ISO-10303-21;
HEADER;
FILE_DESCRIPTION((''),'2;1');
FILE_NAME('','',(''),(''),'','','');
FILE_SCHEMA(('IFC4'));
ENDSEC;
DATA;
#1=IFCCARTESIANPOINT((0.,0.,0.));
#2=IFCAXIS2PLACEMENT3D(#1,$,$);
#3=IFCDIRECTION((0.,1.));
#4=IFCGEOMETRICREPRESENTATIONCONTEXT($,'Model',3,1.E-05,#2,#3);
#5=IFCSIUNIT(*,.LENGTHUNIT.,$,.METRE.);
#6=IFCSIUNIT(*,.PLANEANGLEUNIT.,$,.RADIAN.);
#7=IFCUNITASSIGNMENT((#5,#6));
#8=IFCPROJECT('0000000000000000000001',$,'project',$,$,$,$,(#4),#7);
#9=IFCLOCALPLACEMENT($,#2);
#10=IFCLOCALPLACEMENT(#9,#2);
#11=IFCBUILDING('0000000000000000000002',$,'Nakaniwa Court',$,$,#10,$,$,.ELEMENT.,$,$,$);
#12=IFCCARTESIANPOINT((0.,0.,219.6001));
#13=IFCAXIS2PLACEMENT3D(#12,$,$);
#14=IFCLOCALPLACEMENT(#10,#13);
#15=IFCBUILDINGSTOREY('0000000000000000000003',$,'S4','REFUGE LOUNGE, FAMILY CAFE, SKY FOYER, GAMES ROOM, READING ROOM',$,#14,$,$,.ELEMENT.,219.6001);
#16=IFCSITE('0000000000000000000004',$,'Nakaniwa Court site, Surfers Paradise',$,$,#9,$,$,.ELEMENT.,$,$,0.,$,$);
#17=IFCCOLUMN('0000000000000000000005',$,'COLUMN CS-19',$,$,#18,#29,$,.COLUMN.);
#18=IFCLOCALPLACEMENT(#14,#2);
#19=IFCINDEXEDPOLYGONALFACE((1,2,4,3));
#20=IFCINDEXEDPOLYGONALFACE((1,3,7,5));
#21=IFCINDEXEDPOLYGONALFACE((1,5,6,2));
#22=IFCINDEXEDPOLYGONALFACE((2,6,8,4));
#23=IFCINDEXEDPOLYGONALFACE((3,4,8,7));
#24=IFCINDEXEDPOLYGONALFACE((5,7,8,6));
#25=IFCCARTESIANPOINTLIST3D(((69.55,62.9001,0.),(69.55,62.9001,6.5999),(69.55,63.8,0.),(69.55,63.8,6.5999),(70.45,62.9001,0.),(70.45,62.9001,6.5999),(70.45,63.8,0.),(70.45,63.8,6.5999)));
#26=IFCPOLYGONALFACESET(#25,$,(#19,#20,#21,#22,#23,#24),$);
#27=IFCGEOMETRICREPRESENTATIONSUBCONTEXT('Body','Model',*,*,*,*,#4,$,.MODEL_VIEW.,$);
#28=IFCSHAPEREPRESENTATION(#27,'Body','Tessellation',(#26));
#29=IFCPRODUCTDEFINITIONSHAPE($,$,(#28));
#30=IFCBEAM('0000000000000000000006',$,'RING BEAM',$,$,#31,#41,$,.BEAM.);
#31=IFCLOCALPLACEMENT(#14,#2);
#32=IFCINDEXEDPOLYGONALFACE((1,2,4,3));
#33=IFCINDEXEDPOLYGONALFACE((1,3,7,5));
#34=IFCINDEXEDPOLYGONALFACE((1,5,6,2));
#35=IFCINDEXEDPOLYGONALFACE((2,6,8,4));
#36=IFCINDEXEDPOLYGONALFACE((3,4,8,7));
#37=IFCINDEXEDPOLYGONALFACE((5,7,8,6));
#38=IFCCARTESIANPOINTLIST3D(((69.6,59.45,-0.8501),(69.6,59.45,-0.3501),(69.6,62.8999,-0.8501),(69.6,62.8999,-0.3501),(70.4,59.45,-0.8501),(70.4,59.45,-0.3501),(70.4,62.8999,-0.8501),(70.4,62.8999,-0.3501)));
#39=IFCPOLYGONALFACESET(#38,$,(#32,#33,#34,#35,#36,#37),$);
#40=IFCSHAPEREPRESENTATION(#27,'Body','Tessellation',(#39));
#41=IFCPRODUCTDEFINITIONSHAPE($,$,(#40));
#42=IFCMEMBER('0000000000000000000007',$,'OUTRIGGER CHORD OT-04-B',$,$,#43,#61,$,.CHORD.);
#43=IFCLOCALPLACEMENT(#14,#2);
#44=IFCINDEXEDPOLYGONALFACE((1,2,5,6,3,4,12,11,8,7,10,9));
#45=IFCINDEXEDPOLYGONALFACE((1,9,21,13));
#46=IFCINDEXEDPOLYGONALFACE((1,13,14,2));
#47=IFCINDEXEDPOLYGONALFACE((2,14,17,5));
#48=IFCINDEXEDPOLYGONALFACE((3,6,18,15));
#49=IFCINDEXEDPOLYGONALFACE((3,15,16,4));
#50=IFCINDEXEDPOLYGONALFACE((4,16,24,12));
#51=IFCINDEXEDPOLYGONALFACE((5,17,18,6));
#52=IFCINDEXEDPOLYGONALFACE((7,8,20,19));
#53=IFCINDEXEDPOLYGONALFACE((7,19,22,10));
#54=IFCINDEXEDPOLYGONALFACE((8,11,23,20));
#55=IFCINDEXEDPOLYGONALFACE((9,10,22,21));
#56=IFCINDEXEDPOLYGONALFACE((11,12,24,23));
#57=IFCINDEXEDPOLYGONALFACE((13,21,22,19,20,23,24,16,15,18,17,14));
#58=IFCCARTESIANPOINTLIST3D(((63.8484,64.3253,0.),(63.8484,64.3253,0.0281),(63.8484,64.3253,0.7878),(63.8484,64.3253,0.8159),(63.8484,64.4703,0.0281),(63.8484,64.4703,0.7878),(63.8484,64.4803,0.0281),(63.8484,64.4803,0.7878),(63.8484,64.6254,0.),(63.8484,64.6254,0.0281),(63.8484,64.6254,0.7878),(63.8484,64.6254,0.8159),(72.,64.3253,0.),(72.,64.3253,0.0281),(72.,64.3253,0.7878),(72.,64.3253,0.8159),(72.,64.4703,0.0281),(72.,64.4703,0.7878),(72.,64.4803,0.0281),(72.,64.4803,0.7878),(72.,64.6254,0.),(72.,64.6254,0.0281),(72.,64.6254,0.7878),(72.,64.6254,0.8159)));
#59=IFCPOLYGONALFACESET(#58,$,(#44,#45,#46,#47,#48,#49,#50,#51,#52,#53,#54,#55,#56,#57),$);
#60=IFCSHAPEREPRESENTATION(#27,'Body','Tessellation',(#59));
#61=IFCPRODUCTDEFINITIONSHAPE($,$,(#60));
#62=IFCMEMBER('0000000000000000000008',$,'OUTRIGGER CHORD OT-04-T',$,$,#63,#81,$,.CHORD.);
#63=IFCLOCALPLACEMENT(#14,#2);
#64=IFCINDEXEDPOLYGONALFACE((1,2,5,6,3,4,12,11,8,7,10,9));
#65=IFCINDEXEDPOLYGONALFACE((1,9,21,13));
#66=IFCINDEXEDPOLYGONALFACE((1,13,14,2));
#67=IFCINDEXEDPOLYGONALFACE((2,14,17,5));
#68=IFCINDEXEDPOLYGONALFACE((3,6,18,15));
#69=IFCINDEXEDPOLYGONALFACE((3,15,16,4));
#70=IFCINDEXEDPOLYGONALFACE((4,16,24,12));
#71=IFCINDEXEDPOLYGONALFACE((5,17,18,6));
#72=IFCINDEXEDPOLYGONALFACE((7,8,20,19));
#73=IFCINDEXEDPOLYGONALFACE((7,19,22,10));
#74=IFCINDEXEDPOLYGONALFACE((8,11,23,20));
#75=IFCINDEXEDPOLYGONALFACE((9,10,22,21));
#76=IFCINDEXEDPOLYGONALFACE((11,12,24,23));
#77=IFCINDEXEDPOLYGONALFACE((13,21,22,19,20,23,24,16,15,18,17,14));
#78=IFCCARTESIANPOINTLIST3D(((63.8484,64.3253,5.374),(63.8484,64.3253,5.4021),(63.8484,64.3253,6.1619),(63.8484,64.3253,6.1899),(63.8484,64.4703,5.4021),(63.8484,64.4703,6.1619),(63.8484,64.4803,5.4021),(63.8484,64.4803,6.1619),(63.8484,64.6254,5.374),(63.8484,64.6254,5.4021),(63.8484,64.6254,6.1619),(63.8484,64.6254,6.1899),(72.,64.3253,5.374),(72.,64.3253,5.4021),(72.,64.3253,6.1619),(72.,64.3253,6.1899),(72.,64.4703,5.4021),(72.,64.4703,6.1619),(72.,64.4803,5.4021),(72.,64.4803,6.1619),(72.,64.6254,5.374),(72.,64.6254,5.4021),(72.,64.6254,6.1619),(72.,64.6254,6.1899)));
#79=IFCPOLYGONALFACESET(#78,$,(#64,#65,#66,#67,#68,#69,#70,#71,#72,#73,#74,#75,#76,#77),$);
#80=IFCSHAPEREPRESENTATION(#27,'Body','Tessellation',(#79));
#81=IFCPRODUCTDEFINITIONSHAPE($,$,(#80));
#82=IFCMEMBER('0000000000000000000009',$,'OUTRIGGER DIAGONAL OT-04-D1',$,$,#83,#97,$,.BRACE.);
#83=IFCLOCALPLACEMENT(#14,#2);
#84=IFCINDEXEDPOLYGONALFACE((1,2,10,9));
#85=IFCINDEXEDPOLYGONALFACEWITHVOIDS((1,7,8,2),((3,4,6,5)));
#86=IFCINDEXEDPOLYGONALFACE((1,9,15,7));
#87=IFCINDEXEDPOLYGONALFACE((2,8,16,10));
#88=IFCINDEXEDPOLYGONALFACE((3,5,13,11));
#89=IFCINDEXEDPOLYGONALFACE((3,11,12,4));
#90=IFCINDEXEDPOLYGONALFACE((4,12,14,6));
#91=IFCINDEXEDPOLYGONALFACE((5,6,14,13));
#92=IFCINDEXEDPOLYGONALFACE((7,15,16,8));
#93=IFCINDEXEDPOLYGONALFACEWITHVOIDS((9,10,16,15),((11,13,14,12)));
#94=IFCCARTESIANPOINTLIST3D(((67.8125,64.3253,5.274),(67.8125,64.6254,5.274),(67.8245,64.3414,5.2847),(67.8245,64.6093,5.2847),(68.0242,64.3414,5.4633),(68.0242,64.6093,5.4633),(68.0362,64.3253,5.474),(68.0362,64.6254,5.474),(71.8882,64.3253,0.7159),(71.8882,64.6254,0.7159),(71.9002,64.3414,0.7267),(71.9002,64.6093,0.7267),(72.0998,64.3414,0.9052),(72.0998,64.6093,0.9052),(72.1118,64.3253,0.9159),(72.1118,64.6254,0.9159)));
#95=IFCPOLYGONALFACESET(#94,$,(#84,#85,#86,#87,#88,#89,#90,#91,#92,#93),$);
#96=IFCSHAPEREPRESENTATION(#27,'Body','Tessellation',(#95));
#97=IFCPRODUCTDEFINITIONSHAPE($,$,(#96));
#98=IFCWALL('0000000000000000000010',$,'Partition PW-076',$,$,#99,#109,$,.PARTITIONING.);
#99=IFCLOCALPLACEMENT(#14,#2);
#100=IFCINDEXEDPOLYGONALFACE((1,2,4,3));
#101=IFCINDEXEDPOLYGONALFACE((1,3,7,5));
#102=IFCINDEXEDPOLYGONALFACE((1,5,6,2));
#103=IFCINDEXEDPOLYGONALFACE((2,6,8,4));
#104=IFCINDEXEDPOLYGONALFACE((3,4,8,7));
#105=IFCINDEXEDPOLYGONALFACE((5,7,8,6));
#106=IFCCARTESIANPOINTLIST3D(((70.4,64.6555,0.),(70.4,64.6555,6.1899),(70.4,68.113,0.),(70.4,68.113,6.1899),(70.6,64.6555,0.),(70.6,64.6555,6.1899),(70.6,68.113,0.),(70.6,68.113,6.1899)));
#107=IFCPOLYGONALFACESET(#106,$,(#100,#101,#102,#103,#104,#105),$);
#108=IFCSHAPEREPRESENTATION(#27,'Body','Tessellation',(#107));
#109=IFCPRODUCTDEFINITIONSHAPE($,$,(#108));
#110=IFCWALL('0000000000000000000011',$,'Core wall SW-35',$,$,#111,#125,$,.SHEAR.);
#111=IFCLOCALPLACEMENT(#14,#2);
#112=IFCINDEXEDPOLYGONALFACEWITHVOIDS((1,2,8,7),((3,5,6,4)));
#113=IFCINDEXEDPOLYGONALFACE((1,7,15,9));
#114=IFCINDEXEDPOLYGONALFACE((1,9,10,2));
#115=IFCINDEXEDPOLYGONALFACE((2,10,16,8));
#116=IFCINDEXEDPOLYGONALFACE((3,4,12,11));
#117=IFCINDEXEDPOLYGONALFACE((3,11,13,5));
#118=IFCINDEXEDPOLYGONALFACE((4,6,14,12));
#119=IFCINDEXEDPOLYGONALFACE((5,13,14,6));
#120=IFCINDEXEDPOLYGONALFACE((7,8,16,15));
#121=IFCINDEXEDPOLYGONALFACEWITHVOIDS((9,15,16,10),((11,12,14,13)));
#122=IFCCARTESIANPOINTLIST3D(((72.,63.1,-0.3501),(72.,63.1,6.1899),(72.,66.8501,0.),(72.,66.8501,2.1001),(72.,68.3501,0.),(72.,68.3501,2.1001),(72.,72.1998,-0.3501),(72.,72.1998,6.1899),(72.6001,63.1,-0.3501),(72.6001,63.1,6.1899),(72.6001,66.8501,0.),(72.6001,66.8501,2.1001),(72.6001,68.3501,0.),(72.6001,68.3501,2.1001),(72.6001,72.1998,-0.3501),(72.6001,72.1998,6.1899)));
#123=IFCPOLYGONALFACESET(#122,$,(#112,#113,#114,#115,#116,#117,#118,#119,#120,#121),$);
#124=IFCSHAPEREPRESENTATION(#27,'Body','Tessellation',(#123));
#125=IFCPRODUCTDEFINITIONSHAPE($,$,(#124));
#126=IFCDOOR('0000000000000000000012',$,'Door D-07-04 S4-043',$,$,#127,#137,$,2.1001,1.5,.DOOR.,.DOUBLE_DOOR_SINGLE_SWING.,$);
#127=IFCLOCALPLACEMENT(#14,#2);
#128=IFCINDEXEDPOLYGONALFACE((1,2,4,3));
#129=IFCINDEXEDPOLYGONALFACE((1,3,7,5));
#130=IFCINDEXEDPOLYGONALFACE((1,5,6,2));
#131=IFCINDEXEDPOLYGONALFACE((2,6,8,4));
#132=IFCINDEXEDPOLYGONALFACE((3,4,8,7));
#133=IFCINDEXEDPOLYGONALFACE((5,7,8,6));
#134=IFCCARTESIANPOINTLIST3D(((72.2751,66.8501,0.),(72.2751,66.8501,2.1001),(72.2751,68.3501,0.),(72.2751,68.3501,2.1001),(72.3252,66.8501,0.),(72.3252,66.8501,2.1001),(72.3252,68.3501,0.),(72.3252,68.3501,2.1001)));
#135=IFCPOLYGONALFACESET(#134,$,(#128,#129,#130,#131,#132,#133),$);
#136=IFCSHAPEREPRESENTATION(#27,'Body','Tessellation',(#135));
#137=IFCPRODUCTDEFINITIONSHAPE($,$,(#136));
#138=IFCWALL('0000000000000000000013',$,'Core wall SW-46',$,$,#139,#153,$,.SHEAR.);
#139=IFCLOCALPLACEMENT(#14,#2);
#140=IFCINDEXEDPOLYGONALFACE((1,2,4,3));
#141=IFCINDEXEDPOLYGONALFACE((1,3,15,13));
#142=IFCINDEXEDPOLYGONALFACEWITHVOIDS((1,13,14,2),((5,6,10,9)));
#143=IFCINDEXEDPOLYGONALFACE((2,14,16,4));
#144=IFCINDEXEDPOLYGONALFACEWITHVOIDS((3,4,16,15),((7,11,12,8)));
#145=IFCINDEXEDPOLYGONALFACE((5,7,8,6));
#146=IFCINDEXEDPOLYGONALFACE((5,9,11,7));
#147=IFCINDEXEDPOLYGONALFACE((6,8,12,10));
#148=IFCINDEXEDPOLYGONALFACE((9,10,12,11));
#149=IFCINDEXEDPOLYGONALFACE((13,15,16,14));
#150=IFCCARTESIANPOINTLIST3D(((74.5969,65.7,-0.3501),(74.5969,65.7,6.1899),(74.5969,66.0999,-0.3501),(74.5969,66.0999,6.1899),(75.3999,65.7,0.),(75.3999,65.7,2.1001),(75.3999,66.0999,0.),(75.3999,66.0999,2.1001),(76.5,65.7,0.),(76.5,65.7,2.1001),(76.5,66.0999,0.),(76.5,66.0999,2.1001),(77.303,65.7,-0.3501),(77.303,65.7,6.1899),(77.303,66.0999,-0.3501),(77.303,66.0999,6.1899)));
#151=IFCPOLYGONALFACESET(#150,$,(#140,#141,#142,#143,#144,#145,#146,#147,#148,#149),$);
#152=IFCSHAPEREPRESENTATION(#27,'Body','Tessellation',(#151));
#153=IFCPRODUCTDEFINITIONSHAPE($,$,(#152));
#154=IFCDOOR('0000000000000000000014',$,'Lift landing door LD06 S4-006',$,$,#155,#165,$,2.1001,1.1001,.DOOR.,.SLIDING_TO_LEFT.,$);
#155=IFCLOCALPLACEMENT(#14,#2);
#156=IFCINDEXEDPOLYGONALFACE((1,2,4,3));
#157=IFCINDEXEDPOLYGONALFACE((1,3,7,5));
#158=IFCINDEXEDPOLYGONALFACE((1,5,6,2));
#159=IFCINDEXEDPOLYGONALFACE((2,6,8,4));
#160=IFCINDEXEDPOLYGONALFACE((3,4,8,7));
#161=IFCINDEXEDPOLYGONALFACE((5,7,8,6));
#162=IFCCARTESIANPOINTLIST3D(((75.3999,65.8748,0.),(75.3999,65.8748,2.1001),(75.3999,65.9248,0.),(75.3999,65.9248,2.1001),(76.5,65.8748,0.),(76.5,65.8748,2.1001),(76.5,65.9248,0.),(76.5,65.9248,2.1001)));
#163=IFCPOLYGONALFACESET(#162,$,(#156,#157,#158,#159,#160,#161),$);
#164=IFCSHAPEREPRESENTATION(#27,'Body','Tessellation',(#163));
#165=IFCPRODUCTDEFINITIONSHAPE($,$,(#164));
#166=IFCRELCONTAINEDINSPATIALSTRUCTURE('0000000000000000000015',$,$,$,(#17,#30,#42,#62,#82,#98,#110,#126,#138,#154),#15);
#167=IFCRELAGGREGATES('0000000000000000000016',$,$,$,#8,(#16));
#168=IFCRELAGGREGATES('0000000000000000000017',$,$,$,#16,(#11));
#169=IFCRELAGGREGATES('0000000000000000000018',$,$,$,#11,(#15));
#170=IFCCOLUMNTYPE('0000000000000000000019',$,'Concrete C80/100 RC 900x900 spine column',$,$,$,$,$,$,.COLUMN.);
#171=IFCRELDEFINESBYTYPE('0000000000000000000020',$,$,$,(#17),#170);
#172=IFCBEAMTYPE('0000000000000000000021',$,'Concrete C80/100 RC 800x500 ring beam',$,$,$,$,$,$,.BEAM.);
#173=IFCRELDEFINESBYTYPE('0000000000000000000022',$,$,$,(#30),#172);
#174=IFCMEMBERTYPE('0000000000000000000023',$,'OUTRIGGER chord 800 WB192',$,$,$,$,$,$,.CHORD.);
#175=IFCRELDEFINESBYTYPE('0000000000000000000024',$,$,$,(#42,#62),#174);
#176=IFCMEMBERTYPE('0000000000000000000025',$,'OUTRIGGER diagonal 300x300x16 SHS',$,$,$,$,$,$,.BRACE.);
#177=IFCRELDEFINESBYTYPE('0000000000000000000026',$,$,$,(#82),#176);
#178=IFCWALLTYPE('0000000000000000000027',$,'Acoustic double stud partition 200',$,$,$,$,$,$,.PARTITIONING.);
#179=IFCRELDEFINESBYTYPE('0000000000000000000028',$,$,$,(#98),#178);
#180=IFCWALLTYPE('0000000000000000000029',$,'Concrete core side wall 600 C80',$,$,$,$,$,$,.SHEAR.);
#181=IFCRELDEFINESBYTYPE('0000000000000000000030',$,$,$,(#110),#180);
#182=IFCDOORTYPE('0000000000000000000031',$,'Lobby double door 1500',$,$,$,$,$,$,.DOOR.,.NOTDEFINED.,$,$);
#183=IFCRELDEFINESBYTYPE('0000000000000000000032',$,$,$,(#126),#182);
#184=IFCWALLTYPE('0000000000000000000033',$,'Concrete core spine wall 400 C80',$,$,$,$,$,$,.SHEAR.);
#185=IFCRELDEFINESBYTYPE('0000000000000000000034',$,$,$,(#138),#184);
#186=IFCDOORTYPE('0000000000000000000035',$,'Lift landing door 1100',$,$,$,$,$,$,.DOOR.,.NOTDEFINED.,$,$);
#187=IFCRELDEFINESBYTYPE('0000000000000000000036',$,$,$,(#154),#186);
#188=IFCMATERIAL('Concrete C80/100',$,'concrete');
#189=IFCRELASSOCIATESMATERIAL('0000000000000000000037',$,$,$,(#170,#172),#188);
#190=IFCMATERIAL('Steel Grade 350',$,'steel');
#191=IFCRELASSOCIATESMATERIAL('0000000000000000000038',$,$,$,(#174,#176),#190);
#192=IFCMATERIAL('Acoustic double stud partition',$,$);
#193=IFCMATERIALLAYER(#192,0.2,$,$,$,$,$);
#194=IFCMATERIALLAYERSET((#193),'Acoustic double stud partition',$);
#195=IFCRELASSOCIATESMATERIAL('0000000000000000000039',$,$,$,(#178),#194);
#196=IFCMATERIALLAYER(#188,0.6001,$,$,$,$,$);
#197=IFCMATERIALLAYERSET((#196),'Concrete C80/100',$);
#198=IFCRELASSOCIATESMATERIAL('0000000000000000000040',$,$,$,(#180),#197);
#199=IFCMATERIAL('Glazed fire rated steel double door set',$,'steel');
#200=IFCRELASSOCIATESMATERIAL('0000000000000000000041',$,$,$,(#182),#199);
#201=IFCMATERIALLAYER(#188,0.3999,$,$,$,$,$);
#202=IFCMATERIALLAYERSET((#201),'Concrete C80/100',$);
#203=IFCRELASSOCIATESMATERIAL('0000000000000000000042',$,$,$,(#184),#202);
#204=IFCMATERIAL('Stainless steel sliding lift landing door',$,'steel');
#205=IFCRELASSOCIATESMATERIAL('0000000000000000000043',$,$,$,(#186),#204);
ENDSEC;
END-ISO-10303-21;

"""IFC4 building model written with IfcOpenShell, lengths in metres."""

from ifc_helpers import new_model, si_unit, direction, frame, frame_2d, origin, origin_2d, place, context, subcontext, project, spatial, rectangle, hollow_rectangle, i_section, extrude, material, layer, layer_set, material_profile, profile_set, type_object, element, fill, save


model = new_model("IFC4")

# Units and contexts
model_context = context("Model", 3, precision=1e-05, world=origin(), true_north=direction((0.0, 1.0)))
body_context = subcontext(model_context, "Body", "Model", "MODEL_VIEW")
ifc_project = project(units=[si_unit("LENGTHUNIT", "METRE"), si_unit("PLANEANGLEUNIT", "RADIAN")], contexts=[model_context])

# Site, building, storey
site_placement = place(None, origin())
site = spatial("IfcSite", under=ifc_project, at=site_placement, Name="Nakaniwa Court site, Surfers Paradise", CompositionType="ELEMENT", RefElevation=0.0)
building_placement = place(site_placement, origin())
building = spatial("IfcBuilding", under=site, at=building_placement, Name="Nakaniwa Court", CompositionType="ELEMENT")
storey_placement = place(building_placement, frame((0.0, 0.0, 219.6001)))
storey = spatial("IfcBuildingStorey", under=building, at=storey_placement, Name="S4", Description="REFUGE LOUNGE, FAMILY CAFE, SKY FOYER, GAMES ROOM, READING ROOM", CompositionType="ELEMENT", Elevation=219.6001)

# Column
ifc_material_1 = material(Name="Concrete C80/100", Category="concrete")
ifc_material_profile_1 = material_profile(ifc_material_1, rectangle(XDim=0.8999, YDim=0.8999, at=origin_2d()), Name="Concrete C80/100 RC 900x900 spine column")
ifc_profile_set_1 = profile_set([ifc_material_profile_1], Name="Concrete C80/100")
column_type = type_object("IfcColumnType", Name="Concrete C80/100 RC 900x900 spine column", PredefinedType="COLUMN", material=ifc_profile_set_1)
column_placement = place(storey_placement, frame((70.0, 63.3501, 0.0), z_axis=(0.0, 0.0, 1.0), x_axis=(0.0, -1.0, 0.0)))
element("IfcColumn", 1, at=column_placement, inside=storey, type_object=column_type, Name="COLUMN CS-19", PredefinedType="COLUMN", context=body_context, shape_type="SweptSolid", body=[
    extrude(rectangle(XDim=0.8999, YDim=0.8999, at=origin_2d()), origin(), (0.0, 0.0, 1.0), 6.5999),
])

# Beam
ifc_material_profile_2 = material_profile(ifc_material_1, rectangle(XDim=0.8, YDim=0.5, at=origin_2d()), Name="Concrete C80/100 RC 800x500 ring beam")
ifc_profile_set_2 = profile_set([ifc_material_profile_2], Name="Concrete C80/100")
beam_type = type_object("IfcBeamType", Name="Concrete C80/100 RC 800x500 ring beam", PredefinedType="BEAM", material=ifc_profile_set_2)
beam_placement = place(storey_placement, frame((70.0, 62.8999, -0.6001), z_axis=(0.0, -1.0, 0.0), x_axis=(1.0, 0.0, 0.0)))
element("IfcBeam", 2, at=beam_placement, inside=storey, type_object=beam_type, Name="RING BEAM", PredefinedType="BEAM", context=body_context, shape_type="SweptSolid", body=[
    extrude(rectangle(XDim=0.8, YDim=0.5, at=origin_2d()), origin(), (0.0, 0.0, 1.0), 3.45),
])

# Members
ifc_material_2 = material(Name="Steel Grade 350", Category="steel")
ifc_material_profile_3 = material_profile(ifc_material_2, i_section(OverallWidth=0.3, OverallDepth=0.8159, WebThickness=0.01, FlangeThickness=0.0281, at=origin_2d()), Name="800WB192")
ifc_profile_set_3 = profile_set([ifc_material_profile_3], Name="Steel Grade 350")
member_type_1 = type_object("IfcMemberType", Name="OUTRIGGER chord 800 WB192", PredefinedType="CHORD", material=ifc_profile_set_3)
for number, where, z_axis, x_axis, name in (
    (3, (72.0, 64.4753, 0.408), (-1.0, 0.0, 0.0), (0.0, -1.0, 0.0), "OUTRIGGER CHORD OT-04-B"),
    (4, (72.0, 64.4753, 5.782), (-1.0, 0.0, 0.0), (0.0, -1.0, 0.0), "OUTRIGGER CHORD OT-04-T"),
):
    element("IfcMember", number, at=place(storey_placement, frame(where, z_axis=z_axis, x_axis=x_axis)), inside=storey, type_object=member_type_1, Name=name, PredefinedType="CHORD", context=body_context, shape_type="SweptSolid", body=[
        extrude(i_section(OverallWidth=0.3, OverallDepth=0.8159, WebThickness=0.01, FlangeThickness=0.0281, at=origin_2d()), origin(), (0.0, 0.0, 1.0), 8.1516),
    ])
ifc_material_profile_4 = material_profile(ifc_material_2, hollow_rectangle(XDim=0.3, YDim=0.3, WallThickness=0.0161, at=origin_2d()), Name="OUTRIGGER diagonal 300x300x16 SHS")
ifc_profile_set_4 = profile_set([ifc_material_profile_4], Name="Steel Grade 350")
member_type_2 = type_object("IfcMemberType", Name="OUTRIGGER diagonal 300x300x16 SHS", PredefinedType="BRACE", material=ifc_profile_set_4)
member_placement = place(storey_placement, frame((72.0, 64.4753, 0.8159), z_axis=(-0.666557, 0.0, 0.745454), x_axis=(0.0, -1.0, 0.0)))
element("IfcMember", 5, at=member_placement, inside=storey, type_object=member_type_2, Name="OUTRIGGER DIAGONAL OT-04-D1", PredefinedType="BRACE", context=body_context, shape_type="SweptSolid", body=[
    extrude(hollow_rectangle(XDim=0.3, YDim=0.3, WallThickness=0.0161, at=origin_2d()), origin(), (0.0, 0.0, 1.0), 6.1145),
])

# Wall
ifc_material_3 = material(Name="Acoustic double stud partition")
ifc_layer_1 = layer(ifc_material_3, 0.2)
ifc_layer_set_1 = layer_set([ifc_layer_1], Name="Acoustic double stud partition")
wall_type_1 = type_object("IfcWallType", Name="Acoustic double stud partition 200", PredefinedType="PARTITIONING", material=ifc_layer_set_1)
wall_1_placement = place(storey_placement, frame((70.5, 64.6555, 0.0), z_axis=(0.0, 0.0, 1.0), x_axis=(0.0, 1.0, 0.0)))
element("IfcWall", 6, at=wall_1_placement, inside=storey, type_object=wall_type_1, Name="Partition PW-076", PredefinedType="PARTITIONING", context=body_context, shape_type="SweptSolid", body=[
    extrude(rectangle(XDim=3.4575, YDim=0.2, at=frame_2d((1.7288, 0.0))), origin(), (0.0, 0.0, 1.0), 6.1899),
])

# Walls, openings, doors
ifc_layer_2 = layer(ifc_material_1, 0.6001)
ifc_layer_set_2 = layer_set([ifc_layer_2], Name="Concrete C80/100")
wall_type_2 = type_object("IfcWallType", Name="Concrete core side wall 600 C80", PredefinedType="SHEAR", material=ifc_layer_set_2)
wall_2_placement = place(storey_placement, frame((72.3, 63.1001, -0.3501), z_axis=(0.0, 0.0, 1.0), x_axis=(0.0, 1.0, 0.0)))
wall_2 = element("IfcWall", 7, at=wall_2_placement, inside=storey, type_object=wall_type_2, Name="Core wall SW-35", PredefinedType="SHEAR", context=body_context, shape_type="SweptSolid", body=[
    extrude(rectangle(XDim=9.0999, YDim=0.6001, at=frame_2d((4.5498, 0.0))), origin(), (0.0, 0.0, 1.0), 6.54),
])
opening_1_placement = place(wall_2_placement, frame((3.75, 0.0, 0.3501)))
opening_1 = element("IfcOpeningElement", 8, at=opening_1_placement, cuts=wall_2, PredefinedType="OPENING", context=body_context, shape_type="SweptSolid", body=[
    extrude(rectangle(XDim=1.5, YDim=2.1001, at=frame_2d((0.75, 1.05))), frame((0.0, 0.3101, 0.0), z_axis=(0.0, -1.0, 0.0), x_axis=(1.0, 0.0, 0.0)), (0.0, 0.0, 1.0), 0.6201),
])
ifc_material_4 = material(Name="Glazed fire rated steel double door set", Category="steel")
door_type_1 = type_object("IfcDoorType", Name="Lobby double door 1500", OperationType="NOTDEFINED", PredefinedType="DOOR", material=ifc_material_4)
door_1_placement = place(opening_1_placement, origin())
door_1 = element("IfcDoor", 9, at=door_1_placement, inside=storey, type_object=door_type_1, Name="Door D-07-04 S4-043", OperationType="DOUBLE_DOOR_SINGLE_SWING", OverallHeight=2.1001, OverallWidth=1.5, PredefinedType="DOOR", context=body_context, shape_type="SweptSolid", body=[
    extrude(rectangle(XDim=1.5, YDim=2.1001, at=frame_2d((0.75, 1.05))), frame((0.0, 0.0249, 0.0), z_axis=(0.0, -1.0, 0.0), x_axis=(1.0, 0.0, 0.0)), (0.0, 0.0, 1.0), 0.05),
])
fill(opening_1, door_1)
ifc_layer_3 = layer(ifc_material_1, 0.3999)
ifc_layer_set_3 = layer_set([ifc_layer_3], Name="Concrete C80/100")
wall_type_3 = type_object("IfcWallType", Name="Concrete core spine wall 400 C80", PredefinedType="SHEAR", material=ifc_layer_set_3)
wall_3_placement = place(storey_placement, frame((74.5969, 65.8999, -0.3501), z_axis=(0.0, 0.0, 1.0), x_axis=(1.0, 0.0, 0.0)))
wall_3 = element("IfcWall", 10, at=wall_3_placement, inside=storey, type_object=wall_type_3, Name="Core wall SW-46", PredefinedType="SHEAR", context=body_context, shape_type="SweptSolid", body=[
    extrude(rectangle(XDim=2.7061, YDim=0.3999, at=frame_2d((1.353, 0.0))), origin(), (0.0, 0.0, 1.0), 6.54),
])
opening_2_placement = place(wall_3_placement, frame((0.803, 0.0, 0.3501)))
opening_2 = element("IfcOpeningElement", 11, at=opening_2_placement, cuts=wall_3, PredefinedType="OPENING", context=body_context, shape_type="SweptSolid", body=[
    extrude(rectangle(XDim=1.1001, YDim=2.1001, at=frame_2d((0.55, 1.05))), frame((0.0, 0.21, 0.0), z_axis=(0.0, -1.0, 0.0), x_axis=(1.0, 0.0, 0.0)), (0.0, 0.0, 1.0), 0.4199),
])
ifc_material_5 = material(Name="Stainless steel sliding lift landing door", Category="steel")
door_type_2 = type_object("IfcDoorType", Name="Lift landing door 1100", OperationType="NOTDEFINED", PredefinedType="DOOR", material=ifc_material_5)
door_2_placement = place(opening_2_placement, origin())
door_2 = element("IfcDoor", 12, at=door_2_placement, inside=storey, type_object=door_type_2, Name="Lift landing door LD06 S4-006", OperationType="SLIDING_TO_LEFT", OverallHeight=2.1001, OverallWidth=1.1001, PredefinedType="DOOR", context=body_context, shape_type="SweptSolid", body=[
    extrude(rectangle(XDim=1.1001, YDim=2.1001, at=frame_2d((0.55, 1.05))), frame((0.0, 0.0249, 0.0), z_axis=(0.0, -1.0, 0.0), x_axis=(1.0, 0.0, 0.0)), (0.0, 0.0, 1.0), 0.05),
])
fill(opening_2, door_2)

save(model, "model.ifc")
